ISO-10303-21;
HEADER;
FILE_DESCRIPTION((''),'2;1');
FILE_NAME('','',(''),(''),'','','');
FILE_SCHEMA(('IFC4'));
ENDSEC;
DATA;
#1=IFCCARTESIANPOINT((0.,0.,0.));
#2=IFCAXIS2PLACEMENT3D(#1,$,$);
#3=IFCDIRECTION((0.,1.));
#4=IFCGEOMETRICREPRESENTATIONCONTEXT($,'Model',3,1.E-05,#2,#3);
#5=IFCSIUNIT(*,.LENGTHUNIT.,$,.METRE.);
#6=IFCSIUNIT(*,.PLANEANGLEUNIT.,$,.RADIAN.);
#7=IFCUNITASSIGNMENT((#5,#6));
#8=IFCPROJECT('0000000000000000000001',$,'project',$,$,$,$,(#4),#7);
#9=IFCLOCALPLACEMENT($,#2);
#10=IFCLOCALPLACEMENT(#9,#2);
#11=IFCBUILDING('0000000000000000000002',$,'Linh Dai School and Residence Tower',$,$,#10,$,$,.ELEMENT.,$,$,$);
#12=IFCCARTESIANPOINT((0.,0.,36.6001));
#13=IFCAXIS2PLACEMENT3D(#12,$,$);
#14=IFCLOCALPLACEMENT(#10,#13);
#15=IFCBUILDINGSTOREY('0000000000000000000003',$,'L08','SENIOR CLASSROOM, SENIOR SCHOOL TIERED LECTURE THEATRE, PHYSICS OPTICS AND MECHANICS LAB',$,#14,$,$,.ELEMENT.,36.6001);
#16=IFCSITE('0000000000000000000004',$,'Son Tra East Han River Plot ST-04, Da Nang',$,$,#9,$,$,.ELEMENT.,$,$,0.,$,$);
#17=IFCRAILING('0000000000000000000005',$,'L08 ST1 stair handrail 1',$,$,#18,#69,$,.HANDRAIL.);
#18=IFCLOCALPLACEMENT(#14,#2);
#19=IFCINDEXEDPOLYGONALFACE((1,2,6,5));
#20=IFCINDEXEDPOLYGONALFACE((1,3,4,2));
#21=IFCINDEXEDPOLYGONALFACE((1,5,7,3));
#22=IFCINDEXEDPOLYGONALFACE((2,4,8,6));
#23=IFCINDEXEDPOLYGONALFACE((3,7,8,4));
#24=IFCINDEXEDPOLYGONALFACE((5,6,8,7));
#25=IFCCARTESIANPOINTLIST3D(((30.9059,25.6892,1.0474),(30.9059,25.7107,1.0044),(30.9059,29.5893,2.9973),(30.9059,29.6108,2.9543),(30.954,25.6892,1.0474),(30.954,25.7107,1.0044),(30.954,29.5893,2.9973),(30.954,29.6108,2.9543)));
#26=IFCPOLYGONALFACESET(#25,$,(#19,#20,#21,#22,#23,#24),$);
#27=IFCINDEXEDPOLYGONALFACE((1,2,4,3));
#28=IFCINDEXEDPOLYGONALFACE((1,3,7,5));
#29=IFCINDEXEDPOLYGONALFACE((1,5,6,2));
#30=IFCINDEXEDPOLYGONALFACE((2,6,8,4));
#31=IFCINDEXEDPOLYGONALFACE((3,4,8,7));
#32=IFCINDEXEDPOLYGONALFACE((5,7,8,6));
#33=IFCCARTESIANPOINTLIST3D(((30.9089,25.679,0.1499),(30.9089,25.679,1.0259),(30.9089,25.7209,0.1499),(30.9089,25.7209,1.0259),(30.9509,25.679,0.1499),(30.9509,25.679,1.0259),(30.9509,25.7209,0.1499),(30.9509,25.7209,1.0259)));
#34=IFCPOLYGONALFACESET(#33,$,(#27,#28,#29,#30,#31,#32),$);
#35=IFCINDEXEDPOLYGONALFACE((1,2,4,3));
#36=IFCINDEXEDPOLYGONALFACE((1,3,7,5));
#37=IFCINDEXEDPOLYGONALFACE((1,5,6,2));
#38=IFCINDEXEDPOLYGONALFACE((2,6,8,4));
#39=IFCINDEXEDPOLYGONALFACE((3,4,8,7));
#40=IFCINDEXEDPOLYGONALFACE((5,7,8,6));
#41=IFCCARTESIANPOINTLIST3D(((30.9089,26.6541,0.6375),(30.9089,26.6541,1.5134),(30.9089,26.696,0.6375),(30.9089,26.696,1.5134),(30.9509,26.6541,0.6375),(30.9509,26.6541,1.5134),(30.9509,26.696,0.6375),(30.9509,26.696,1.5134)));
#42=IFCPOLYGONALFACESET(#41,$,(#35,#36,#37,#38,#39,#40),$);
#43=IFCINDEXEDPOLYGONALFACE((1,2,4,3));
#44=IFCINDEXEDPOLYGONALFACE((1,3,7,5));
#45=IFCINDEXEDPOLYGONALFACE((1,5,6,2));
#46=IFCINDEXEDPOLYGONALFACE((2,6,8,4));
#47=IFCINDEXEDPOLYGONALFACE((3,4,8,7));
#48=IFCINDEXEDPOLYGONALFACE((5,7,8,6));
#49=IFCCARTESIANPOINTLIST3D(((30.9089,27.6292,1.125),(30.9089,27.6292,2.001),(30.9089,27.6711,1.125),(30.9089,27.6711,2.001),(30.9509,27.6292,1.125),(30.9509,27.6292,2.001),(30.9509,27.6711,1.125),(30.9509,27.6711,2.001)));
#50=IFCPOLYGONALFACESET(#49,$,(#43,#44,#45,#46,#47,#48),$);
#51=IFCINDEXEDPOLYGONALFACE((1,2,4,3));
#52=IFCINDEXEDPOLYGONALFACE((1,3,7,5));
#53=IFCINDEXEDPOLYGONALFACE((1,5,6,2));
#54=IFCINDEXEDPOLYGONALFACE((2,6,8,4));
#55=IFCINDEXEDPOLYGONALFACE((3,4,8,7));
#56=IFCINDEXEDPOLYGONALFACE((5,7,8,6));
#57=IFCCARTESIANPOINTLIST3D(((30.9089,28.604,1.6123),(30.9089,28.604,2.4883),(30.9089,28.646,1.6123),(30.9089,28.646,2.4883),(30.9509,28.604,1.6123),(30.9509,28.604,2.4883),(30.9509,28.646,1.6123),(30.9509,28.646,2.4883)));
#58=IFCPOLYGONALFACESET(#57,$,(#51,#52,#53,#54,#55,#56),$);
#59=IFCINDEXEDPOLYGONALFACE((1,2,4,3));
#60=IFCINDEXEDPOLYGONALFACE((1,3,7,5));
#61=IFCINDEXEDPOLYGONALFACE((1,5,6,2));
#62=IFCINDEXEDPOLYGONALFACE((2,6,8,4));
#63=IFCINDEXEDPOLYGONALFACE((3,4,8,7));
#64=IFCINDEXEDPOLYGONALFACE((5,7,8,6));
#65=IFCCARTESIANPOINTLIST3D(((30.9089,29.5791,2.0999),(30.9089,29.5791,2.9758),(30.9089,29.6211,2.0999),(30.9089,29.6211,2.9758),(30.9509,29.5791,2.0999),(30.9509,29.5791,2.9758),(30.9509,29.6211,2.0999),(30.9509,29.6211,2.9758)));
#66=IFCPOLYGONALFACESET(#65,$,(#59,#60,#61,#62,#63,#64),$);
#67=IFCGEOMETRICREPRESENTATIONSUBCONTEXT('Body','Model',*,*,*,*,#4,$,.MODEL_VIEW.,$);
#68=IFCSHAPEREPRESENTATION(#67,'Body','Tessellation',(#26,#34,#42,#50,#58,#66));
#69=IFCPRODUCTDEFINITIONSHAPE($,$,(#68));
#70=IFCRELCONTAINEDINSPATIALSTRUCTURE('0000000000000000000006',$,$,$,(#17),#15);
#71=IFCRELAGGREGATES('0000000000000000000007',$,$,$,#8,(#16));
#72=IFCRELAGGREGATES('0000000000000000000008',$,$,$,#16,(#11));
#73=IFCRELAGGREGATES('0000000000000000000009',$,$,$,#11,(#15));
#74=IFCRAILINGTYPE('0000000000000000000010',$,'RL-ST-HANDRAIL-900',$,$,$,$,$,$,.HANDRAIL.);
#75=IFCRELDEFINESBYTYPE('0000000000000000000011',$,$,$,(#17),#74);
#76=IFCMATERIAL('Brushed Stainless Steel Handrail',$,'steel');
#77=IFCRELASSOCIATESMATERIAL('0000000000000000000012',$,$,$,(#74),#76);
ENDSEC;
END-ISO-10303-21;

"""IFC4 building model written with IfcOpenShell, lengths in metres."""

from ifc_helpers import new_model, si_unit, direction, frame, origin, origin_2d, place, context, subcontext, project, spatial, rectangle, extrude, source, transform, mapped, material, type_object, element, save


model = new_model("IFC4")

# Units and contexts
model_context = context("Model", 3, precision=1e-05, world=origin(), true_north=direction((0.0, 1.0)))
body_context = subcontext(model_context, "Body", "Model", "MODEL_VIEW")
ifc_project = project(units=[si_unit("LENGTHUNIT", "METRE"), si_unit("PLANEANGLEUNIT", "RADIAN")], contexts=[model_context])

# Site, building, storey
site_placement = place(None, origin())
site = spatial("IfcSite", under=ifc_project, at=site_placement, Name="Son Tra East Han River Plot ST-04, Da Nang", CompositionType="ELEMENT", RefElevation=0.0)
building_placement = place(site_placement, origin())
building = spatial("IfcBuilding", under=site, at=building_placement, Name="Linh Dai School and Residence Tower", CompositionType="ELEMENT")
storey_placement = place(building_placement, frame((0.0, 0.0, 36.6001)))
storey = spatial("IfcBuildingStorey", under=building, at=storey_placement, Name="L08", Description="SENIOR CLASSROOM, SENIOR SCHOOL TIERED LECTURE THEATRE, PHYSICS OPTICS AND MECHANICS LAB", CompositionType="ELEMENT", Elevation=36.6001)

# Railing
ifc_material_1 = material(Name="Brushed Stainless Steel Handrail", Category="steel")
railing_type_1 = type_object("IfcRailingType", Name="RL-ST-HANDRAIL-900", PredefinedType="HANDRAIL", material=ifc_material_1)
shared_shape_1 = source(origin(), body_context, "Body", "SweptSolid", [
    extrude(rectangle(XDim=0.0481, YDim=0.0481, at=origin_2d()), frame((0.0, 0.0, 0.876), z_axis=(0.0, 0.894438, 0.447191), x_axis=(-1.0, 0.0, 0.0)), (0.0, 0.0, 1.0), 4.3604),
    extrude(rectangle(XDim=0.042, YDim=0.042, at=origin_2d()), origin(), (0.0, 0.0, 1.0), 0.876),
    extrude(rectangle(XDim=0.042, YDim=0.042, at=origin_2d()), frame((0.0, 0.9751, 0.4875)), (0.0, 0.0, 1.0), 0.876),
    extrude(rectangle(XDim=0.042, YDim=0.042, at=origin_2d()), frame((0.0, 1.9502, 0.9751)), (0.0, 0.0, 1.0), 0.876),
    extrude(rectangle(XDim=0.042, YDim=0.042, at=origin_2d()), frame((0.0, 2.925, 1.4624)), (0.0, 0.0, 1.0), 0.876),
    extrude(rectangle(XDim=0.042, YDim=0.042, at=origin_2d()), frame((0.0, 3.9001, 1.95)), (0.0, 0.0, 1.0), 0.876),
])
railing_1_placement = place(storey_placement, frame((30.9299, 25.7, 0.1499)))
element("IfcRailing", 1, at=railing_1_placement, inside=storey, type_object=railing_type_1, Name="L08 ST1 stair handrail 1", PredefinedType="HANDRAIL", context=body_context, shape_type="MappedRepresentation", body=[
    mapped(shared_shape_1, transform((0.0, 0.0, 0.0), x_axis=(1.0, 0.0, 0.0), y_axis=(0.0, 1.0, 0.0), z_axis=(0.0, 0.0, 1.0), scale=1.0)),
])

save(model, "model.ifc")
